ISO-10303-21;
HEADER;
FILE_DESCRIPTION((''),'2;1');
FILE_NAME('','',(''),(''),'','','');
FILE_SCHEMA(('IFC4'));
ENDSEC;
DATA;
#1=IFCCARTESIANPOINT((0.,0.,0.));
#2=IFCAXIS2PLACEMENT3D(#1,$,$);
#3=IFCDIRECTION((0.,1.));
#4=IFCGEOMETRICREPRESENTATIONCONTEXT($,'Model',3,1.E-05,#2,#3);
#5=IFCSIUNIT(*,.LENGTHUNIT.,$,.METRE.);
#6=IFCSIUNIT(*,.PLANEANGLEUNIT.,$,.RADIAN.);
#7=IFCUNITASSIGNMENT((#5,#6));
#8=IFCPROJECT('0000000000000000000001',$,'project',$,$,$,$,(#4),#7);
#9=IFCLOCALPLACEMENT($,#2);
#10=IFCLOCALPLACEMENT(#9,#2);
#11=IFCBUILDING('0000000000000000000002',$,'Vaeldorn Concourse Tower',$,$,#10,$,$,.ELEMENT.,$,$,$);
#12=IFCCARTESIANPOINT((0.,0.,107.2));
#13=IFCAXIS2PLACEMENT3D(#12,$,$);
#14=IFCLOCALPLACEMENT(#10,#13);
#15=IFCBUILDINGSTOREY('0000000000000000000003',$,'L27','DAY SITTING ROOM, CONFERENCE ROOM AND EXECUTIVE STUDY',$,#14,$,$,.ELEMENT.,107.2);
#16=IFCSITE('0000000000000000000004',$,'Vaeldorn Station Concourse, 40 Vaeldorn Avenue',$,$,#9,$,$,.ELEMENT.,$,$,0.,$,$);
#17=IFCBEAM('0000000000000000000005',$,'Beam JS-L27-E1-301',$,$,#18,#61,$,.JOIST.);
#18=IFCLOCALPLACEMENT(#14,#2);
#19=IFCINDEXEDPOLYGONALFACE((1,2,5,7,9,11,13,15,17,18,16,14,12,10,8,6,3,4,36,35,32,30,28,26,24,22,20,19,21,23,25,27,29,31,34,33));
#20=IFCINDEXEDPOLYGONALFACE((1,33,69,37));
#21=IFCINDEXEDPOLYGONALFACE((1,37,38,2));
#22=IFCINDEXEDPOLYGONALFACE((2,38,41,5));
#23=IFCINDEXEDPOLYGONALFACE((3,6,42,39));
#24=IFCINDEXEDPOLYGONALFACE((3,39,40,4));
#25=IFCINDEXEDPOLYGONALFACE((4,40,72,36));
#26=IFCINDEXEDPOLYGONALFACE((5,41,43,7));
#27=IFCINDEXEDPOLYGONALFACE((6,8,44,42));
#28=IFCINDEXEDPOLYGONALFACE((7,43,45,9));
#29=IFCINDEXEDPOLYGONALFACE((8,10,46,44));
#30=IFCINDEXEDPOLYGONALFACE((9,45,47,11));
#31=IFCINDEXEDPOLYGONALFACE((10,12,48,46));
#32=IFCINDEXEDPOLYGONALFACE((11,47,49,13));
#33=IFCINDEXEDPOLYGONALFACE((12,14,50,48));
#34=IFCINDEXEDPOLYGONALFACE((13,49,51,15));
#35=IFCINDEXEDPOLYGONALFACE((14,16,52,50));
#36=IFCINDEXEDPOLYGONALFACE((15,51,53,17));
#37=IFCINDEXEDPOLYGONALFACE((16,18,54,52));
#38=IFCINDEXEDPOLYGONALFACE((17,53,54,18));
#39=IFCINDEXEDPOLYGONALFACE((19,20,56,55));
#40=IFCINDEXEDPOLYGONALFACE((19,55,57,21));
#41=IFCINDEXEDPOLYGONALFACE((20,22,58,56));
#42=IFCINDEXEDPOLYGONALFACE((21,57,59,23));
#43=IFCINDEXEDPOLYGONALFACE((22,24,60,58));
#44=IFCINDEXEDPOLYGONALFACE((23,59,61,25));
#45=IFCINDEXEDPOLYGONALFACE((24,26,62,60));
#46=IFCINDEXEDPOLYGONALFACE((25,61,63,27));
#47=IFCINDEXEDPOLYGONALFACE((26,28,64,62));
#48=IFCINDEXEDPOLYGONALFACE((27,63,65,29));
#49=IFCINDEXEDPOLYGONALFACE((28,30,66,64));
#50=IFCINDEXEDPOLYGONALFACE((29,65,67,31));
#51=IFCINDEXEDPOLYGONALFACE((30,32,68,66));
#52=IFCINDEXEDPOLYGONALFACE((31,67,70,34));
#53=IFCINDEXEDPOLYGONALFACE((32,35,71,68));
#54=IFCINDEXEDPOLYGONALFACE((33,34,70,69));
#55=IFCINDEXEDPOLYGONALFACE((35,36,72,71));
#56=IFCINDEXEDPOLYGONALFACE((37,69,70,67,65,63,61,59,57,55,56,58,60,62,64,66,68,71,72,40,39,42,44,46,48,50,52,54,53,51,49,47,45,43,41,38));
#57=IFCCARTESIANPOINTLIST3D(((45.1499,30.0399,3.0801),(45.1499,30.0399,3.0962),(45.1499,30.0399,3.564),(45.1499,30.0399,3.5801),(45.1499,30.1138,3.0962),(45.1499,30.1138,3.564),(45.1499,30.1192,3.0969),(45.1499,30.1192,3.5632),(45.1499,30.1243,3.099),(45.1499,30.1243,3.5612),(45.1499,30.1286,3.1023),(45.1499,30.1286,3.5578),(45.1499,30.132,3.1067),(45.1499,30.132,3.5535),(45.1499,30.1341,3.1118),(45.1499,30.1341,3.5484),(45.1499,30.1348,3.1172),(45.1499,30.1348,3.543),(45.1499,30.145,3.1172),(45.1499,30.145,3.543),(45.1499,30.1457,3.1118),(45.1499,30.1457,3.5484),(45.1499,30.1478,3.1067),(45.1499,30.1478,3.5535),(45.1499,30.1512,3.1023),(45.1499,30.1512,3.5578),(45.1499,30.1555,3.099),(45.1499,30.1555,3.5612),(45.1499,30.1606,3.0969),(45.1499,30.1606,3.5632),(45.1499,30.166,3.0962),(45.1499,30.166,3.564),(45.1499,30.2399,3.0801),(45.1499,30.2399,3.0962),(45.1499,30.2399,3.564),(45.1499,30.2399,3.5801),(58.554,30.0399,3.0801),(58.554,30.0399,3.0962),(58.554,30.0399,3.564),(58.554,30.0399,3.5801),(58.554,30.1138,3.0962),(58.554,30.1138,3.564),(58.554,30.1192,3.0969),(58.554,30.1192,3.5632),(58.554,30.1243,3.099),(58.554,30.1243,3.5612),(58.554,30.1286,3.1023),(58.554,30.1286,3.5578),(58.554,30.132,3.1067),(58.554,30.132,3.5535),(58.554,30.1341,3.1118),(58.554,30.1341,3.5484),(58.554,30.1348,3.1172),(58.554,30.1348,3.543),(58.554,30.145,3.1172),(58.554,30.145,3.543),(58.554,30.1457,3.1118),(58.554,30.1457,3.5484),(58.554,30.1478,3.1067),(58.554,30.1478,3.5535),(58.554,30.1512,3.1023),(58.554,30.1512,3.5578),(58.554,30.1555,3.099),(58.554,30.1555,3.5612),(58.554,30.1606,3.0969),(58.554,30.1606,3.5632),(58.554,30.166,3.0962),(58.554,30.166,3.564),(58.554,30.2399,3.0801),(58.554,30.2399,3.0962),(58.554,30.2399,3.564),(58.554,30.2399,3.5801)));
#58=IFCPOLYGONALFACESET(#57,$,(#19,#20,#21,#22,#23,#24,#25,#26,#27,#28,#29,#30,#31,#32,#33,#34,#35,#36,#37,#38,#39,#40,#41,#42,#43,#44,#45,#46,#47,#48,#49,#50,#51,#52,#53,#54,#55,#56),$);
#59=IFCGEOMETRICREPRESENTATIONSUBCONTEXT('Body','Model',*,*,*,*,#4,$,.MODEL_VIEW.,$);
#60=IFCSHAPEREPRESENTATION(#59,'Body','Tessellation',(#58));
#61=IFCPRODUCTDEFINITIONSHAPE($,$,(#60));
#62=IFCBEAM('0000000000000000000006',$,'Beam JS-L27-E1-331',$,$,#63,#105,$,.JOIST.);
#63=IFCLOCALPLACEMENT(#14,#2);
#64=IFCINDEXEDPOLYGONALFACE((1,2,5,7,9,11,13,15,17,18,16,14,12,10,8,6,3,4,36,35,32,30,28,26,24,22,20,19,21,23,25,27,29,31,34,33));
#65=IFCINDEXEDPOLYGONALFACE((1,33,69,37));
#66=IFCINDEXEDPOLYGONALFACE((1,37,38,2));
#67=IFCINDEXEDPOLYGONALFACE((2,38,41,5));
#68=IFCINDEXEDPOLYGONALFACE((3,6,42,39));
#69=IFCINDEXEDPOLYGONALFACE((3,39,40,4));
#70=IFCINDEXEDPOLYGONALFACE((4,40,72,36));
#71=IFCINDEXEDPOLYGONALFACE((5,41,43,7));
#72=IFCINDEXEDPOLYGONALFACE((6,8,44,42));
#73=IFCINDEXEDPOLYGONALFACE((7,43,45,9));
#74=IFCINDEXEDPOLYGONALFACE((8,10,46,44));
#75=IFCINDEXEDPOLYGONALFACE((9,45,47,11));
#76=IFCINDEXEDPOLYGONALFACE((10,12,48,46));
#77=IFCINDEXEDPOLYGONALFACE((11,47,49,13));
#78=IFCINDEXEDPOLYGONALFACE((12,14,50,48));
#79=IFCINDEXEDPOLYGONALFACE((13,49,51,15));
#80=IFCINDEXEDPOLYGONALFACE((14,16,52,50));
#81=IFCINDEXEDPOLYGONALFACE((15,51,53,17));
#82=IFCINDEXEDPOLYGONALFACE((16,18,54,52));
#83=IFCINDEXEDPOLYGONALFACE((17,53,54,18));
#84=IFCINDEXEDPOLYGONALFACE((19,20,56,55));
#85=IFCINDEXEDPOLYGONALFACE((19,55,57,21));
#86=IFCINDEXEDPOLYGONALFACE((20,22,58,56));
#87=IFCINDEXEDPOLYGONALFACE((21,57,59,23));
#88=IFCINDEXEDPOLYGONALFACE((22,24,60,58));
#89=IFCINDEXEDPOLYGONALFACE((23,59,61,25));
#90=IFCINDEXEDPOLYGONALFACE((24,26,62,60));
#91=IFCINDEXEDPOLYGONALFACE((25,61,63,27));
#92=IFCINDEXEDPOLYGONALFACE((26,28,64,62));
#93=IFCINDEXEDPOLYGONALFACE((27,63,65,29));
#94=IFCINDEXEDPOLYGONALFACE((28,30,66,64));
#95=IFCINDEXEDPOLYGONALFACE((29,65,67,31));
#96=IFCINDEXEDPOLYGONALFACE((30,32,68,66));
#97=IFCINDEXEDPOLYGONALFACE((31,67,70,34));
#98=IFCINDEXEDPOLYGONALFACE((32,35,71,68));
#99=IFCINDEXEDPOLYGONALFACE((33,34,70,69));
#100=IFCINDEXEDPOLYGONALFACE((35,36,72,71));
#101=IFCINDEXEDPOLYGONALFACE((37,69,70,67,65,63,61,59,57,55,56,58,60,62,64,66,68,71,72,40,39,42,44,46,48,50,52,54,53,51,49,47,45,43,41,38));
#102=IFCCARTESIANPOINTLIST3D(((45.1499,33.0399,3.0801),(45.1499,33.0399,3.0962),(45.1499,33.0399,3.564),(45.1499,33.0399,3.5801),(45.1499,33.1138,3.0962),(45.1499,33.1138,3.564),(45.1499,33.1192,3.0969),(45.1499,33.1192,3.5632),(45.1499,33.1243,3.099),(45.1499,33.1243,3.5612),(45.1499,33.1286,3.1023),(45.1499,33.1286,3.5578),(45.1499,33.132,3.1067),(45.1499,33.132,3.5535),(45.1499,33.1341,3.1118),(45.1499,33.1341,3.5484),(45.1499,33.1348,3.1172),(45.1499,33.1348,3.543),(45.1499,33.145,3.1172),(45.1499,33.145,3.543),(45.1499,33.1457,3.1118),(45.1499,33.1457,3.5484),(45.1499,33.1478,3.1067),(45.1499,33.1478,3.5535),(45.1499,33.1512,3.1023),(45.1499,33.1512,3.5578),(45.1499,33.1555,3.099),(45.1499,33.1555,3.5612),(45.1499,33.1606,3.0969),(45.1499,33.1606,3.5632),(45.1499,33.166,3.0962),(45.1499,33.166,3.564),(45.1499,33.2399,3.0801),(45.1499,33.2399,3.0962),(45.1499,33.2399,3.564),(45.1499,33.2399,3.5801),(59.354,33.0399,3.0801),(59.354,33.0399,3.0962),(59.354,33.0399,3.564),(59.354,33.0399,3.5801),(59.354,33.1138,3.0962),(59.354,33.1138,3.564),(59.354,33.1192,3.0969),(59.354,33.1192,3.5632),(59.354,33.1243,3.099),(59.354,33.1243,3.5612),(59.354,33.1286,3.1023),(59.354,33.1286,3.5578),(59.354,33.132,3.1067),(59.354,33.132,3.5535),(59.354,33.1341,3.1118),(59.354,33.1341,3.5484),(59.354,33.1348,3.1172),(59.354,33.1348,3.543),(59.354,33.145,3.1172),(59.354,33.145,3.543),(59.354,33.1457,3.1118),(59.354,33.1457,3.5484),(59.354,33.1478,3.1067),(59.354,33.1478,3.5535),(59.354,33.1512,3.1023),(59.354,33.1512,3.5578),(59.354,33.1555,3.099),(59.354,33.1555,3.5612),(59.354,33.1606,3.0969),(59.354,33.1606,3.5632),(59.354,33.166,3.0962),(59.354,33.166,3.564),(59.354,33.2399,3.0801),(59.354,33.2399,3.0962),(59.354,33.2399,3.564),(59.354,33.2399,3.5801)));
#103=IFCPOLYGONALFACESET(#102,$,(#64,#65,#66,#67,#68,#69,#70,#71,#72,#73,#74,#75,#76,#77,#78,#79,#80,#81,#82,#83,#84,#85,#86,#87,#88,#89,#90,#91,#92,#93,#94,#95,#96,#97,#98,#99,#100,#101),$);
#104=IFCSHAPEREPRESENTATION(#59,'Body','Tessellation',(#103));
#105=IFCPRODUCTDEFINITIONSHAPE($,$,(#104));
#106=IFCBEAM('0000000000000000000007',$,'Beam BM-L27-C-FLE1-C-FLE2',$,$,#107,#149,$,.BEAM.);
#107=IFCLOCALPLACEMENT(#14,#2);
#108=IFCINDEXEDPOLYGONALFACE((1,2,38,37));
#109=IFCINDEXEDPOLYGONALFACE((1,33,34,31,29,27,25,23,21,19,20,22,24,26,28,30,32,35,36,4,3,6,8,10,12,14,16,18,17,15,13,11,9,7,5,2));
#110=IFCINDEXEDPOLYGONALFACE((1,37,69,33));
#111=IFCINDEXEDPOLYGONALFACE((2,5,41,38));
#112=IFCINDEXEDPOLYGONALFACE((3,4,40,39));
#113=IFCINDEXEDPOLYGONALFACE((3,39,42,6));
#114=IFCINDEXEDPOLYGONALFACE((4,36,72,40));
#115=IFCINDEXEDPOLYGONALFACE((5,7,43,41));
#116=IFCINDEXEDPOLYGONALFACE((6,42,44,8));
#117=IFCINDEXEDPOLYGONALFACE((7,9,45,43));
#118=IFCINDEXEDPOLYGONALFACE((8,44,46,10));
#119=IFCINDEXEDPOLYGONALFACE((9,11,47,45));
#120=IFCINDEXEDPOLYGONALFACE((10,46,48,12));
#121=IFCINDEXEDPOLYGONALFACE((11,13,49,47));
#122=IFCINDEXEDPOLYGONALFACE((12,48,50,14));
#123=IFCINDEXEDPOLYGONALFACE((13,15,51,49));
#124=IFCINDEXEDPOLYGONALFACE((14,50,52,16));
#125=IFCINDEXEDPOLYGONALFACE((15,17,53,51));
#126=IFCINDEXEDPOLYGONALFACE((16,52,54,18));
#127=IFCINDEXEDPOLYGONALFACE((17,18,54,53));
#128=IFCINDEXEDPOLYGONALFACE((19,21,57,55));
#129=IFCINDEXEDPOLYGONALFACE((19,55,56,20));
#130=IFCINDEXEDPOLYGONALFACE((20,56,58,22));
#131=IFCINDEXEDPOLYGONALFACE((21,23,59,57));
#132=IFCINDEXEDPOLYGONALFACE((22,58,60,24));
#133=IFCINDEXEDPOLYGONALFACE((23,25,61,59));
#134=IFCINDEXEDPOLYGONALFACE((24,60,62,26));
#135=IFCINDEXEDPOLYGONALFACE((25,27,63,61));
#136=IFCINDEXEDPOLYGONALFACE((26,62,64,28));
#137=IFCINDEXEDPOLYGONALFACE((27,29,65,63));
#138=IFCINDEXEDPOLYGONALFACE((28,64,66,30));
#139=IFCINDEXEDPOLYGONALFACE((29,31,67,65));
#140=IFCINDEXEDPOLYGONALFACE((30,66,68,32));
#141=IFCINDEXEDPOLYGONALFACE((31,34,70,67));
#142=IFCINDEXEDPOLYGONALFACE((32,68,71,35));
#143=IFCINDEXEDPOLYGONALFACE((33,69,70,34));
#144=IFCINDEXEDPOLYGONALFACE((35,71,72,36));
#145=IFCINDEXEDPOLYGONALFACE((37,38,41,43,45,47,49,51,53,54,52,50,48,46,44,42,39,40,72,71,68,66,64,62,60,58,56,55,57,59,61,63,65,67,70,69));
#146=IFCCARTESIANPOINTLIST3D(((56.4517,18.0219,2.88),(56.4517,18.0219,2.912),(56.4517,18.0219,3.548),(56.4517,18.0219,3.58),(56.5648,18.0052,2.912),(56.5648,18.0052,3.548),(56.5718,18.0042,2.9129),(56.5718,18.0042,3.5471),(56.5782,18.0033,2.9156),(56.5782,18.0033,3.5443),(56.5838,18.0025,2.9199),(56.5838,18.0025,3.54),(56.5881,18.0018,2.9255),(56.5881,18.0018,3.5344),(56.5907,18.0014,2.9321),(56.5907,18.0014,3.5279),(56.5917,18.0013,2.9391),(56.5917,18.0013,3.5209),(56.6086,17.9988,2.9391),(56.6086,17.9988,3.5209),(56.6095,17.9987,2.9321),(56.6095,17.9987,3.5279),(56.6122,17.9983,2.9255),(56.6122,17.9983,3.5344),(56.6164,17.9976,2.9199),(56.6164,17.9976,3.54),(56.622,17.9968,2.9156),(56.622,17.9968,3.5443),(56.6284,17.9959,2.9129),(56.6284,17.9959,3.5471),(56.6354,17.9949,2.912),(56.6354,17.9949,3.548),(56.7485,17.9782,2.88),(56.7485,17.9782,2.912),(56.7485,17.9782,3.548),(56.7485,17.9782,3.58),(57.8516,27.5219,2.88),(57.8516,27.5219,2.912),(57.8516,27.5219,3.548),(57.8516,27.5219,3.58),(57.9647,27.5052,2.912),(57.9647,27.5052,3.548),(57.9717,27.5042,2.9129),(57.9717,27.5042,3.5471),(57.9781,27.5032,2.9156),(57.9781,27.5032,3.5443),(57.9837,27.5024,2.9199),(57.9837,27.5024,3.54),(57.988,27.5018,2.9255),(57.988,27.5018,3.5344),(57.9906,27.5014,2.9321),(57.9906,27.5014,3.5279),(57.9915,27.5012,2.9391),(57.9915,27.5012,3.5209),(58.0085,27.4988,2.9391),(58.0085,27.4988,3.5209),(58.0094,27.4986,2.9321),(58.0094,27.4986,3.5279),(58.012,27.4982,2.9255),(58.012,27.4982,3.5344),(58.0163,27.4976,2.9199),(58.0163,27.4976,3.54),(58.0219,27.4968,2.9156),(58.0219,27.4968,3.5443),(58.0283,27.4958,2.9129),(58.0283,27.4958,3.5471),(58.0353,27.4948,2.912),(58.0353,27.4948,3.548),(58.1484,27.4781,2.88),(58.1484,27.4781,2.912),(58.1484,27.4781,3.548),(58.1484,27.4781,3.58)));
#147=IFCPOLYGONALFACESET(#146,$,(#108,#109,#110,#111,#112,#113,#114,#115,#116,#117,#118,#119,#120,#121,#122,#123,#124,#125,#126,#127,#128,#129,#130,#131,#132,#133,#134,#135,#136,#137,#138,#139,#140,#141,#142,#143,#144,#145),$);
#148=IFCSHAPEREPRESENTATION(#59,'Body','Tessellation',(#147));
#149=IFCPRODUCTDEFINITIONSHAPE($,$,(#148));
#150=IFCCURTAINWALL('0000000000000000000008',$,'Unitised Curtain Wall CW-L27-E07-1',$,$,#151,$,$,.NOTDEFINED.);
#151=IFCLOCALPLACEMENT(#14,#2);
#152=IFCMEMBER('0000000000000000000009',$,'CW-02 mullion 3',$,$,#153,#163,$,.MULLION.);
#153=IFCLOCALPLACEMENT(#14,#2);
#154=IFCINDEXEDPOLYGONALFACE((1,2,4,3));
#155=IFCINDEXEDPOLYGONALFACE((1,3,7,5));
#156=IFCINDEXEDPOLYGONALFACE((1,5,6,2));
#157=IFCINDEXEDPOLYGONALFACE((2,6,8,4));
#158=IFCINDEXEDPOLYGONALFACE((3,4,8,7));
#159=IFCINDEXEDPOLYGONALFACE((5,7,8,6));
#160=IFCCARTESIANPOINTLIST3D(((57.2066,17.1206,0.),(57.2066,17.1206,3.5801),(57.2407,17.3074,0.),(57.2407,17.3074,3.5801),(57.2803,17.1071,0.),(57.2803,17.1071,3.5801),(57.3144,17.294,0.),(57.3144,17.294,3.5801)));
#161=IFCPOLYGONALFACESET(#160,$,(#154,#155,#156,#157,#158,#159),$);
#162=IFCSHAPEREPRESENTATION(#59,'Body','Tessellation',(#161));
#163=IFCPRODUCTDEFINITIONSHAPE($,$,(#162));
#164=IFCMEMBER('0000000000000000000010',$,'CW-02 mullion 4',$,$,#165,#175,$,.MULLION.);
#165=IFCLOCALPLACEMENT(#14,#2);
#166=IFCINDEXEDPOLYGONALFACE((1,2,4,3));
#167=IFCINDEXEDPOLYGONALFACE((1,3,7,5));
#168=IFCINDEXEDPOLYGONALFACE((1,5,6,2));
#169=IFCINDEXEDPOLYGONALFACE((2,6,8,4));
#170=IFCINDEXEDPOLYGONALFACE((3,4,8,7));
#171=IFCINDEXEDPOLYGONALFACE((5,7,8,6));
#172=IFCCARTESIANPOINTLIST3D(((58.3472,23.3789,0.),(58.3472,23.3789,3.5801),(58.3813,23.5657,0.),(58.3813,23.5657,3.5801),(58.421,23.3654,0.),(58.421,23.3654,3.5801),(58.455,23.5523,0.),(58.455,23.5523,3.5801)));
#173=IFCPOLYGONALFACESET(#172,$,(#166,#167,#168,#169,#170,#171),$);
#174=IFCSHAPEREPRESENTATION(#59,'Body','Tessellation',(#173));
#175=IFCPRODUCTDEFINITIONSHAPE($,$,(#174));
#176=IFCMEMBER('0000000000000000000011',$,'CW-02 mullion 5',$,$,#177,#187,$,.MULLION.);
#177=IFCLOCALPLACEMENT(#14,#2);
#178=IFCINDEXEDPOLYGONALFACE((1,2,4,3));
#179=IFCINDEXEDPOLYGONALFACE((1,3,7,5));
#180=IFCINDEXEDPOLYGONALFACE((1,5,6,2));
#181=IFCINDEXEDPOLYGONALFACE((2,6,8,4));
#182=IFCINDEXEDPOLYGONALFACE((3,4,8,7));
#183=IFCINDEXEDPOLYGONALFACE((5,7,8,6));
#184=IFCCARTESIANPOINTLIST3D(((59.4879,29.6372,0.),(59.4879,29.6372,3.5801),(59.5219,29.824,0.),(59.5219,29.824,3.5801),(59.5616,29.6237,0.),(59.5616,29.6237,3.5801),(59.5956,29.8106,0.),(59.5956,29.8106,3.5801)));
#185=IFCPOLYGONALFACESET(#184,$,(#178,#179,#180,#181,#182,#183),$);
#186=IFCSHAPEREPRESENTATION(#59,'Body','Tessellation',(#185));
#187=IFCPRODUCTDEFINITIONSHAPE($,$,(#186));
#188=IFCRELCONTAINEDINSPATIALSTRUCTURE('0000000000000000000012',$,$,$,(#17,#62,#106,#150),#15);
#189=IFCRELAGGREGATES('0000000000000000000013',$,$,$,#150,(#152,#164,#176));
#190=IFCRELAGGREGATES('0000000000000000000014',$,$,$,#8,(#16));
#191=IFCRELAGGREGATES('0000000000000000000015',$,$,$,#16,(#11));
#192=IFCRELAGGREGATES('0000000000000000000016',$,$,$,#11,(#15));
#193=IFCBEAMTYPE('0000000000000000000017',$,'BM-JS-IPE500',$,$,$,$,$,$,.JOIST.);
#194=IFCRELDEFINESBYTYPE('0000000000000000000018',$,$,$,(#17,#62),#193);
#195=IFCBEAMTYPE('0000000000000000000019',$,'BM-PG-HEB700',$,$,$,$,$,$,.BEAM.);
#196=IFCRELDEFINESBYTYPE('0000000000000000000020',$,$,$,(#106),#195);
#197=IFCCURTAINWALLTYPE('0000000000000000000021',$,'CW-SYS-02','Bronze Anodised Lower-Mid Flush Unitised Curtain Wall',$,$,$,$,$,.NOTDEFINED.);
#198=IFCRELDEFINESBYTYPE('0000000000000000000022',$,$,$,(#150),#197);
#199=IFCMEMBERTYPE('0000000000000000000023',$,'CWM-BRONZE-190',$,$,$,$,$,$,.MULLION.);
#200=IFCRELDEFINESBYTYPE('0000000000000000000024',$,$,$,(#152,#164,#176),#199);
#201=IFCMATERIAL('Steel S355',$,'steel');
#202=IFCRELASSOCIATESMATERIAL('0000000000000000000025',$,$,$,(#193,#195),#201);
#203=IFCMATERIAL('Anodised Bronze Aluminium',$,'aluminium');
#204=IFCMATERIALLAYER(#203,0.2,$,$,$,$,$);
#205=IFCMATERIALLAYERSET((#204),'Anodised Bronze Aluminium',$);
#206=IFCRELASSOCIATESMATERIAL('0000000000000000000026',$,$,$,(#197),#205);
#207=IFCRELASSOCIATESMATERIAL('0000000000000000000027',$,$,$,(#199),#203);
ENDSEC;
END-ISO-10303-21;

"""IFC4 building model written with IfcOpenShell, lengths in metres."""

from ifc_helpers import new_model, si_unit, direction, frame, origin, origin_2d, place, context, subcontext, project, spatial, rectangle, i_section, extrude, source, transform, mapped, material, layer, layer_set, material_profile, profile_set, type_object, element, aggregate, save


model = new_model("IFC4")

# Units and contexts
model_context = context("Model", 3, precision=1e-05, world=origin(), true_north=direction((0.0, 1.0)))
body_context = subcontext(model_context, "Body", "Model", "MODEL_VIEW")
ifc_project = project(units=[si_unit("LENGTHUNIT", "METRE"), si_unit("PLANEANGLEUNIT", "RADIAN")], contexts=[model_context])

# Site, building, storey
site_placement = place(None, origin())
site = spatial("IfcSite", under=ifc_project, at=site_placement, Name="Vaeldorn Station Concourse, 40 Vaeldorn Avenue", CompositionType="ELEMENT", RefElevation=0.0)
building_placement = place(site_placement, origin())
building = spatial("IfcBuilding", under=site, at=building_placement, Name="Vaeldorn Concourse Tower", CompositionType="ELEMENT")
storey_placement = place(building_placement, frame((0.0, 0.0, 107.2)))
storey = spatial("IfcBuildingStorey", under=building, at=storey_placement, Name="L27", Description="DAY SITTING ROOM, CONFERENCE ROOM AND EXECUTIVE STUDY", CompositionType="ELEMENT", Elevation=107.2)

# Beams
ifc_material_1 = material(Name="Steel S355", Category="steel")
ifc_material_profile_1 = material_profile(ifc_material_1, i_section(OverallWidth=0.2, OverallDepth=0.5, WebThickness=0.0103, FlangeThickness=0.0161, FilletRadius=0.021, at=origin_2d()), Name="IPE 500")
ifc_profile_set_1 = profile_set([ifc_material_profile_1], Name="Steel S355")
beam_type_1 = type_object("IfcBeamType", Name="BM-JS-IPE500", PredefinedType="JOIST", material=ifc_profile_set_1)
shared_shape_1 = source(origin(), body_context, "Body", "SweptSolid", [
    extrude(i_section(OverallWidth=0.2, OverallDepth=0.5, WebThickness=0.0103, FlangeThickness=0.0161, FilletRadius=0.021, at=origin_2d()), origin(), (0.0, 0.0, 1.0), 13.4041),
])
beam_1_placement = place(storey_placement, frame((45.1499, 30.1399, 3.3301), z_axis=(1.0, 0.0, 0.0), x_axis=(0.0, 1.0, 0.0)))
element("IfcBeam", 1, at=beam_1_placement, inside=storey, type_object=beam_type_1, Name="Beam JS-L27-E1-301", PredefinedType="JOIST", context=body_context, shape_type="MappedRepresentation", body=[
    mapped(shared_shape_1, transform((0.0, 0.0, 0.0), scale=1.0)),
])
shared_shape_2 = source(origin(), body_context, "Body", "SweptSolid", [
    extrude(i_section(OverallWidth=0.2, OverallDepth=0.5, WebThickness=0.0103, FlangeThickness=0.0161, FilletRadius=0.021, at=origin_2d()), origin(), (0.0, 0.0, 1.0), 14.2041),
])
beam_2_placement = place(storey_placement, frame((45.1499, 33.1399, 3.3301), z_axis=(1.0, 0.0, 0.0), x_axis=(0.0, 1.0, 0.0)))
element("IfcBeam", 2, at=beam_2_placement, inside=storey, type_object=beam_type_1, Name="Beam JS-L27-E1-331", PredefinedType="JOIST", context=body_context, shape_type="MappedRepresentation", body=[
    mapped(shared_shape_2, transform((0.0, 0.0, 0.0), scale=1.0)),
])
ifc_material_profile_2 = material_profile(ifc_material_1, i_section(OverallWidth=0.3, OverallDepth=0.7, WebThickness=0.0171, FlangeThickness=0.032, FilletRadius=0.0271, at=origin_2d()), Name="HEB 700")
ifc_profile_set_2 = profile_set([ifc_material_profile_2], Name="Steel S355")
beam_type_2 = type_object("IfcBeamType", Name="BM-PG-HEB700", PredefinedType="BEAM", material=ifc_profile_set_2)
shared_shape_3 = source(origin(), body_context, "Body", "SweptSolid", [
    extrude(i_section(OverallWidth=0.3, OverallDepth=0.7, WebThickness=0.0171, FlangeThickness=0.032, FilletRadius=0.0271, at=origin_2d()), origin(), (0.0, 0.0, 1.0), 9.6025),
])
beam_3_placement = place(storey_placement, frame((58.0, 27.5, 3.23), z_axis=(-0.145784, -0.989316, 0.0), x_axis=(0.989316, -0.145784, 0.0)))
element("IfcBeam", 3, at=beam_3_placement, inside=storey, type_object=beam_type_2, Name="Beam BM-L27-C-FLE1-C-FLE2", PredefinedType="BEAM", context=body_context, shape_type="MappedRepresentation", body=[
    mapped(shared_shape_3, transform((0.0, 0.0, 0.0), scale=1.0)),
])

# Curtain wall, members
ifc_material_2 = material(Name="Anodised Bronze Aluminium", Category="aluminium")
ifc_layer_1 = layer(ifc_material_2, 0.2)
ifc_layer_set_1 = layer_set([ifc_layer_1], Name="Anodised Bronze Aluminium")
curtain_wall_type = type_object("IfcCurtainWallType", Name="CW-SYS-02", Description="Bronze Anodised Lower-Mid Flush Unitised Curtain Wall", PredefinedType="NOTDEFINED", material=ifc_layer_set_1)
curtain_wall_placement = place(storey_placement, origin())
curtain_wall = element("IfcCurtainWall", 4, at=curtain_wall_placement, inside=storey, type_object=curtain_wall_type, Name="Unitised Curtain Wall CW-L27-E07-1", PredefinedType="NOTDEFINED")
ifc_material_profile_3 = material_profile(ifc_material_2, rectangle(XDim=0.075, YDim=0.1899, at=origin_2d()), Name="CWM 75x190")
ifc_profile_set_3 = profile_set([ifc_material_profile_3], Name="Anodised Bronze Aluminium")
member_type_1 = type_object("IfcMemberType", Name="CWM-BRONZE-190", PredefinedType="MULLION", material=ifc_profile_set_3)
shared_shape_4 = source(origin(), body_context, "Body", "SweptSolid", [
    extrude(rectangle(XDim=0.075, YDim=0.1899, at=origin_2d()), origin(), (0.0, 0.0, 1.0), 3.5801),
])
member_1_placement = place(storey_placement, frame((57.2605, 17.2073, 0.0), z_axis=(0.0, 0.0, 1.0), x_axis=(-0.983796, 0.179293, 0.0)))
member_1 = element("IfcMember", 5, at=member_1_placement, type_object=member_type_1, Name="CW-02 mullion 3", PredefinedType="MULLION", context=body_context, shape_type="MappedRepresentation", body=[
    mapped(shared_shape_4, transform((0.0, 0.0, 0.0), scale=1.0)),
])
member_2_placement = place(storey_placement, frame((58.4011, 23.4656, 0.0), z_axis=(0.0, 0.0, 1.0), x_axis=(-0.983796, 0.179293, 0.0)))
member_2 = element("IfcMember", 6, at=member_2_placement, type_object=member_type_1, Name="CW-02 mullion 4", PredefinedType="MULLION", context=body_context, shape_type="MappedRepresentation", body=[
    mapped(shared_shape_4, transform((0.0, 0.0, 0.0), scale=1.0)),
])
member_3_placement = place(storey_placement, frame((59.5417, 29.7239, 0.0), z_axis=(0.0, 0.0, 1.0), x_axis=(-0.983796, 0.179293, 0.0)))
member_3 = element("IfcMember", 7, at=member_3_placement, type_object=member_type_1, Name="CW-02 mullion 5", PredefinedType="MULLION", context=body_context, shape_type="MappedRepresentation", body=[
    mapped(shared_shape_4, transform((0.0, 0.0, 0.0), scale=1.0)),
])
aggregate(curtain_wall, [member_1, member_2, member_3])

save(model, "model.ifc")
